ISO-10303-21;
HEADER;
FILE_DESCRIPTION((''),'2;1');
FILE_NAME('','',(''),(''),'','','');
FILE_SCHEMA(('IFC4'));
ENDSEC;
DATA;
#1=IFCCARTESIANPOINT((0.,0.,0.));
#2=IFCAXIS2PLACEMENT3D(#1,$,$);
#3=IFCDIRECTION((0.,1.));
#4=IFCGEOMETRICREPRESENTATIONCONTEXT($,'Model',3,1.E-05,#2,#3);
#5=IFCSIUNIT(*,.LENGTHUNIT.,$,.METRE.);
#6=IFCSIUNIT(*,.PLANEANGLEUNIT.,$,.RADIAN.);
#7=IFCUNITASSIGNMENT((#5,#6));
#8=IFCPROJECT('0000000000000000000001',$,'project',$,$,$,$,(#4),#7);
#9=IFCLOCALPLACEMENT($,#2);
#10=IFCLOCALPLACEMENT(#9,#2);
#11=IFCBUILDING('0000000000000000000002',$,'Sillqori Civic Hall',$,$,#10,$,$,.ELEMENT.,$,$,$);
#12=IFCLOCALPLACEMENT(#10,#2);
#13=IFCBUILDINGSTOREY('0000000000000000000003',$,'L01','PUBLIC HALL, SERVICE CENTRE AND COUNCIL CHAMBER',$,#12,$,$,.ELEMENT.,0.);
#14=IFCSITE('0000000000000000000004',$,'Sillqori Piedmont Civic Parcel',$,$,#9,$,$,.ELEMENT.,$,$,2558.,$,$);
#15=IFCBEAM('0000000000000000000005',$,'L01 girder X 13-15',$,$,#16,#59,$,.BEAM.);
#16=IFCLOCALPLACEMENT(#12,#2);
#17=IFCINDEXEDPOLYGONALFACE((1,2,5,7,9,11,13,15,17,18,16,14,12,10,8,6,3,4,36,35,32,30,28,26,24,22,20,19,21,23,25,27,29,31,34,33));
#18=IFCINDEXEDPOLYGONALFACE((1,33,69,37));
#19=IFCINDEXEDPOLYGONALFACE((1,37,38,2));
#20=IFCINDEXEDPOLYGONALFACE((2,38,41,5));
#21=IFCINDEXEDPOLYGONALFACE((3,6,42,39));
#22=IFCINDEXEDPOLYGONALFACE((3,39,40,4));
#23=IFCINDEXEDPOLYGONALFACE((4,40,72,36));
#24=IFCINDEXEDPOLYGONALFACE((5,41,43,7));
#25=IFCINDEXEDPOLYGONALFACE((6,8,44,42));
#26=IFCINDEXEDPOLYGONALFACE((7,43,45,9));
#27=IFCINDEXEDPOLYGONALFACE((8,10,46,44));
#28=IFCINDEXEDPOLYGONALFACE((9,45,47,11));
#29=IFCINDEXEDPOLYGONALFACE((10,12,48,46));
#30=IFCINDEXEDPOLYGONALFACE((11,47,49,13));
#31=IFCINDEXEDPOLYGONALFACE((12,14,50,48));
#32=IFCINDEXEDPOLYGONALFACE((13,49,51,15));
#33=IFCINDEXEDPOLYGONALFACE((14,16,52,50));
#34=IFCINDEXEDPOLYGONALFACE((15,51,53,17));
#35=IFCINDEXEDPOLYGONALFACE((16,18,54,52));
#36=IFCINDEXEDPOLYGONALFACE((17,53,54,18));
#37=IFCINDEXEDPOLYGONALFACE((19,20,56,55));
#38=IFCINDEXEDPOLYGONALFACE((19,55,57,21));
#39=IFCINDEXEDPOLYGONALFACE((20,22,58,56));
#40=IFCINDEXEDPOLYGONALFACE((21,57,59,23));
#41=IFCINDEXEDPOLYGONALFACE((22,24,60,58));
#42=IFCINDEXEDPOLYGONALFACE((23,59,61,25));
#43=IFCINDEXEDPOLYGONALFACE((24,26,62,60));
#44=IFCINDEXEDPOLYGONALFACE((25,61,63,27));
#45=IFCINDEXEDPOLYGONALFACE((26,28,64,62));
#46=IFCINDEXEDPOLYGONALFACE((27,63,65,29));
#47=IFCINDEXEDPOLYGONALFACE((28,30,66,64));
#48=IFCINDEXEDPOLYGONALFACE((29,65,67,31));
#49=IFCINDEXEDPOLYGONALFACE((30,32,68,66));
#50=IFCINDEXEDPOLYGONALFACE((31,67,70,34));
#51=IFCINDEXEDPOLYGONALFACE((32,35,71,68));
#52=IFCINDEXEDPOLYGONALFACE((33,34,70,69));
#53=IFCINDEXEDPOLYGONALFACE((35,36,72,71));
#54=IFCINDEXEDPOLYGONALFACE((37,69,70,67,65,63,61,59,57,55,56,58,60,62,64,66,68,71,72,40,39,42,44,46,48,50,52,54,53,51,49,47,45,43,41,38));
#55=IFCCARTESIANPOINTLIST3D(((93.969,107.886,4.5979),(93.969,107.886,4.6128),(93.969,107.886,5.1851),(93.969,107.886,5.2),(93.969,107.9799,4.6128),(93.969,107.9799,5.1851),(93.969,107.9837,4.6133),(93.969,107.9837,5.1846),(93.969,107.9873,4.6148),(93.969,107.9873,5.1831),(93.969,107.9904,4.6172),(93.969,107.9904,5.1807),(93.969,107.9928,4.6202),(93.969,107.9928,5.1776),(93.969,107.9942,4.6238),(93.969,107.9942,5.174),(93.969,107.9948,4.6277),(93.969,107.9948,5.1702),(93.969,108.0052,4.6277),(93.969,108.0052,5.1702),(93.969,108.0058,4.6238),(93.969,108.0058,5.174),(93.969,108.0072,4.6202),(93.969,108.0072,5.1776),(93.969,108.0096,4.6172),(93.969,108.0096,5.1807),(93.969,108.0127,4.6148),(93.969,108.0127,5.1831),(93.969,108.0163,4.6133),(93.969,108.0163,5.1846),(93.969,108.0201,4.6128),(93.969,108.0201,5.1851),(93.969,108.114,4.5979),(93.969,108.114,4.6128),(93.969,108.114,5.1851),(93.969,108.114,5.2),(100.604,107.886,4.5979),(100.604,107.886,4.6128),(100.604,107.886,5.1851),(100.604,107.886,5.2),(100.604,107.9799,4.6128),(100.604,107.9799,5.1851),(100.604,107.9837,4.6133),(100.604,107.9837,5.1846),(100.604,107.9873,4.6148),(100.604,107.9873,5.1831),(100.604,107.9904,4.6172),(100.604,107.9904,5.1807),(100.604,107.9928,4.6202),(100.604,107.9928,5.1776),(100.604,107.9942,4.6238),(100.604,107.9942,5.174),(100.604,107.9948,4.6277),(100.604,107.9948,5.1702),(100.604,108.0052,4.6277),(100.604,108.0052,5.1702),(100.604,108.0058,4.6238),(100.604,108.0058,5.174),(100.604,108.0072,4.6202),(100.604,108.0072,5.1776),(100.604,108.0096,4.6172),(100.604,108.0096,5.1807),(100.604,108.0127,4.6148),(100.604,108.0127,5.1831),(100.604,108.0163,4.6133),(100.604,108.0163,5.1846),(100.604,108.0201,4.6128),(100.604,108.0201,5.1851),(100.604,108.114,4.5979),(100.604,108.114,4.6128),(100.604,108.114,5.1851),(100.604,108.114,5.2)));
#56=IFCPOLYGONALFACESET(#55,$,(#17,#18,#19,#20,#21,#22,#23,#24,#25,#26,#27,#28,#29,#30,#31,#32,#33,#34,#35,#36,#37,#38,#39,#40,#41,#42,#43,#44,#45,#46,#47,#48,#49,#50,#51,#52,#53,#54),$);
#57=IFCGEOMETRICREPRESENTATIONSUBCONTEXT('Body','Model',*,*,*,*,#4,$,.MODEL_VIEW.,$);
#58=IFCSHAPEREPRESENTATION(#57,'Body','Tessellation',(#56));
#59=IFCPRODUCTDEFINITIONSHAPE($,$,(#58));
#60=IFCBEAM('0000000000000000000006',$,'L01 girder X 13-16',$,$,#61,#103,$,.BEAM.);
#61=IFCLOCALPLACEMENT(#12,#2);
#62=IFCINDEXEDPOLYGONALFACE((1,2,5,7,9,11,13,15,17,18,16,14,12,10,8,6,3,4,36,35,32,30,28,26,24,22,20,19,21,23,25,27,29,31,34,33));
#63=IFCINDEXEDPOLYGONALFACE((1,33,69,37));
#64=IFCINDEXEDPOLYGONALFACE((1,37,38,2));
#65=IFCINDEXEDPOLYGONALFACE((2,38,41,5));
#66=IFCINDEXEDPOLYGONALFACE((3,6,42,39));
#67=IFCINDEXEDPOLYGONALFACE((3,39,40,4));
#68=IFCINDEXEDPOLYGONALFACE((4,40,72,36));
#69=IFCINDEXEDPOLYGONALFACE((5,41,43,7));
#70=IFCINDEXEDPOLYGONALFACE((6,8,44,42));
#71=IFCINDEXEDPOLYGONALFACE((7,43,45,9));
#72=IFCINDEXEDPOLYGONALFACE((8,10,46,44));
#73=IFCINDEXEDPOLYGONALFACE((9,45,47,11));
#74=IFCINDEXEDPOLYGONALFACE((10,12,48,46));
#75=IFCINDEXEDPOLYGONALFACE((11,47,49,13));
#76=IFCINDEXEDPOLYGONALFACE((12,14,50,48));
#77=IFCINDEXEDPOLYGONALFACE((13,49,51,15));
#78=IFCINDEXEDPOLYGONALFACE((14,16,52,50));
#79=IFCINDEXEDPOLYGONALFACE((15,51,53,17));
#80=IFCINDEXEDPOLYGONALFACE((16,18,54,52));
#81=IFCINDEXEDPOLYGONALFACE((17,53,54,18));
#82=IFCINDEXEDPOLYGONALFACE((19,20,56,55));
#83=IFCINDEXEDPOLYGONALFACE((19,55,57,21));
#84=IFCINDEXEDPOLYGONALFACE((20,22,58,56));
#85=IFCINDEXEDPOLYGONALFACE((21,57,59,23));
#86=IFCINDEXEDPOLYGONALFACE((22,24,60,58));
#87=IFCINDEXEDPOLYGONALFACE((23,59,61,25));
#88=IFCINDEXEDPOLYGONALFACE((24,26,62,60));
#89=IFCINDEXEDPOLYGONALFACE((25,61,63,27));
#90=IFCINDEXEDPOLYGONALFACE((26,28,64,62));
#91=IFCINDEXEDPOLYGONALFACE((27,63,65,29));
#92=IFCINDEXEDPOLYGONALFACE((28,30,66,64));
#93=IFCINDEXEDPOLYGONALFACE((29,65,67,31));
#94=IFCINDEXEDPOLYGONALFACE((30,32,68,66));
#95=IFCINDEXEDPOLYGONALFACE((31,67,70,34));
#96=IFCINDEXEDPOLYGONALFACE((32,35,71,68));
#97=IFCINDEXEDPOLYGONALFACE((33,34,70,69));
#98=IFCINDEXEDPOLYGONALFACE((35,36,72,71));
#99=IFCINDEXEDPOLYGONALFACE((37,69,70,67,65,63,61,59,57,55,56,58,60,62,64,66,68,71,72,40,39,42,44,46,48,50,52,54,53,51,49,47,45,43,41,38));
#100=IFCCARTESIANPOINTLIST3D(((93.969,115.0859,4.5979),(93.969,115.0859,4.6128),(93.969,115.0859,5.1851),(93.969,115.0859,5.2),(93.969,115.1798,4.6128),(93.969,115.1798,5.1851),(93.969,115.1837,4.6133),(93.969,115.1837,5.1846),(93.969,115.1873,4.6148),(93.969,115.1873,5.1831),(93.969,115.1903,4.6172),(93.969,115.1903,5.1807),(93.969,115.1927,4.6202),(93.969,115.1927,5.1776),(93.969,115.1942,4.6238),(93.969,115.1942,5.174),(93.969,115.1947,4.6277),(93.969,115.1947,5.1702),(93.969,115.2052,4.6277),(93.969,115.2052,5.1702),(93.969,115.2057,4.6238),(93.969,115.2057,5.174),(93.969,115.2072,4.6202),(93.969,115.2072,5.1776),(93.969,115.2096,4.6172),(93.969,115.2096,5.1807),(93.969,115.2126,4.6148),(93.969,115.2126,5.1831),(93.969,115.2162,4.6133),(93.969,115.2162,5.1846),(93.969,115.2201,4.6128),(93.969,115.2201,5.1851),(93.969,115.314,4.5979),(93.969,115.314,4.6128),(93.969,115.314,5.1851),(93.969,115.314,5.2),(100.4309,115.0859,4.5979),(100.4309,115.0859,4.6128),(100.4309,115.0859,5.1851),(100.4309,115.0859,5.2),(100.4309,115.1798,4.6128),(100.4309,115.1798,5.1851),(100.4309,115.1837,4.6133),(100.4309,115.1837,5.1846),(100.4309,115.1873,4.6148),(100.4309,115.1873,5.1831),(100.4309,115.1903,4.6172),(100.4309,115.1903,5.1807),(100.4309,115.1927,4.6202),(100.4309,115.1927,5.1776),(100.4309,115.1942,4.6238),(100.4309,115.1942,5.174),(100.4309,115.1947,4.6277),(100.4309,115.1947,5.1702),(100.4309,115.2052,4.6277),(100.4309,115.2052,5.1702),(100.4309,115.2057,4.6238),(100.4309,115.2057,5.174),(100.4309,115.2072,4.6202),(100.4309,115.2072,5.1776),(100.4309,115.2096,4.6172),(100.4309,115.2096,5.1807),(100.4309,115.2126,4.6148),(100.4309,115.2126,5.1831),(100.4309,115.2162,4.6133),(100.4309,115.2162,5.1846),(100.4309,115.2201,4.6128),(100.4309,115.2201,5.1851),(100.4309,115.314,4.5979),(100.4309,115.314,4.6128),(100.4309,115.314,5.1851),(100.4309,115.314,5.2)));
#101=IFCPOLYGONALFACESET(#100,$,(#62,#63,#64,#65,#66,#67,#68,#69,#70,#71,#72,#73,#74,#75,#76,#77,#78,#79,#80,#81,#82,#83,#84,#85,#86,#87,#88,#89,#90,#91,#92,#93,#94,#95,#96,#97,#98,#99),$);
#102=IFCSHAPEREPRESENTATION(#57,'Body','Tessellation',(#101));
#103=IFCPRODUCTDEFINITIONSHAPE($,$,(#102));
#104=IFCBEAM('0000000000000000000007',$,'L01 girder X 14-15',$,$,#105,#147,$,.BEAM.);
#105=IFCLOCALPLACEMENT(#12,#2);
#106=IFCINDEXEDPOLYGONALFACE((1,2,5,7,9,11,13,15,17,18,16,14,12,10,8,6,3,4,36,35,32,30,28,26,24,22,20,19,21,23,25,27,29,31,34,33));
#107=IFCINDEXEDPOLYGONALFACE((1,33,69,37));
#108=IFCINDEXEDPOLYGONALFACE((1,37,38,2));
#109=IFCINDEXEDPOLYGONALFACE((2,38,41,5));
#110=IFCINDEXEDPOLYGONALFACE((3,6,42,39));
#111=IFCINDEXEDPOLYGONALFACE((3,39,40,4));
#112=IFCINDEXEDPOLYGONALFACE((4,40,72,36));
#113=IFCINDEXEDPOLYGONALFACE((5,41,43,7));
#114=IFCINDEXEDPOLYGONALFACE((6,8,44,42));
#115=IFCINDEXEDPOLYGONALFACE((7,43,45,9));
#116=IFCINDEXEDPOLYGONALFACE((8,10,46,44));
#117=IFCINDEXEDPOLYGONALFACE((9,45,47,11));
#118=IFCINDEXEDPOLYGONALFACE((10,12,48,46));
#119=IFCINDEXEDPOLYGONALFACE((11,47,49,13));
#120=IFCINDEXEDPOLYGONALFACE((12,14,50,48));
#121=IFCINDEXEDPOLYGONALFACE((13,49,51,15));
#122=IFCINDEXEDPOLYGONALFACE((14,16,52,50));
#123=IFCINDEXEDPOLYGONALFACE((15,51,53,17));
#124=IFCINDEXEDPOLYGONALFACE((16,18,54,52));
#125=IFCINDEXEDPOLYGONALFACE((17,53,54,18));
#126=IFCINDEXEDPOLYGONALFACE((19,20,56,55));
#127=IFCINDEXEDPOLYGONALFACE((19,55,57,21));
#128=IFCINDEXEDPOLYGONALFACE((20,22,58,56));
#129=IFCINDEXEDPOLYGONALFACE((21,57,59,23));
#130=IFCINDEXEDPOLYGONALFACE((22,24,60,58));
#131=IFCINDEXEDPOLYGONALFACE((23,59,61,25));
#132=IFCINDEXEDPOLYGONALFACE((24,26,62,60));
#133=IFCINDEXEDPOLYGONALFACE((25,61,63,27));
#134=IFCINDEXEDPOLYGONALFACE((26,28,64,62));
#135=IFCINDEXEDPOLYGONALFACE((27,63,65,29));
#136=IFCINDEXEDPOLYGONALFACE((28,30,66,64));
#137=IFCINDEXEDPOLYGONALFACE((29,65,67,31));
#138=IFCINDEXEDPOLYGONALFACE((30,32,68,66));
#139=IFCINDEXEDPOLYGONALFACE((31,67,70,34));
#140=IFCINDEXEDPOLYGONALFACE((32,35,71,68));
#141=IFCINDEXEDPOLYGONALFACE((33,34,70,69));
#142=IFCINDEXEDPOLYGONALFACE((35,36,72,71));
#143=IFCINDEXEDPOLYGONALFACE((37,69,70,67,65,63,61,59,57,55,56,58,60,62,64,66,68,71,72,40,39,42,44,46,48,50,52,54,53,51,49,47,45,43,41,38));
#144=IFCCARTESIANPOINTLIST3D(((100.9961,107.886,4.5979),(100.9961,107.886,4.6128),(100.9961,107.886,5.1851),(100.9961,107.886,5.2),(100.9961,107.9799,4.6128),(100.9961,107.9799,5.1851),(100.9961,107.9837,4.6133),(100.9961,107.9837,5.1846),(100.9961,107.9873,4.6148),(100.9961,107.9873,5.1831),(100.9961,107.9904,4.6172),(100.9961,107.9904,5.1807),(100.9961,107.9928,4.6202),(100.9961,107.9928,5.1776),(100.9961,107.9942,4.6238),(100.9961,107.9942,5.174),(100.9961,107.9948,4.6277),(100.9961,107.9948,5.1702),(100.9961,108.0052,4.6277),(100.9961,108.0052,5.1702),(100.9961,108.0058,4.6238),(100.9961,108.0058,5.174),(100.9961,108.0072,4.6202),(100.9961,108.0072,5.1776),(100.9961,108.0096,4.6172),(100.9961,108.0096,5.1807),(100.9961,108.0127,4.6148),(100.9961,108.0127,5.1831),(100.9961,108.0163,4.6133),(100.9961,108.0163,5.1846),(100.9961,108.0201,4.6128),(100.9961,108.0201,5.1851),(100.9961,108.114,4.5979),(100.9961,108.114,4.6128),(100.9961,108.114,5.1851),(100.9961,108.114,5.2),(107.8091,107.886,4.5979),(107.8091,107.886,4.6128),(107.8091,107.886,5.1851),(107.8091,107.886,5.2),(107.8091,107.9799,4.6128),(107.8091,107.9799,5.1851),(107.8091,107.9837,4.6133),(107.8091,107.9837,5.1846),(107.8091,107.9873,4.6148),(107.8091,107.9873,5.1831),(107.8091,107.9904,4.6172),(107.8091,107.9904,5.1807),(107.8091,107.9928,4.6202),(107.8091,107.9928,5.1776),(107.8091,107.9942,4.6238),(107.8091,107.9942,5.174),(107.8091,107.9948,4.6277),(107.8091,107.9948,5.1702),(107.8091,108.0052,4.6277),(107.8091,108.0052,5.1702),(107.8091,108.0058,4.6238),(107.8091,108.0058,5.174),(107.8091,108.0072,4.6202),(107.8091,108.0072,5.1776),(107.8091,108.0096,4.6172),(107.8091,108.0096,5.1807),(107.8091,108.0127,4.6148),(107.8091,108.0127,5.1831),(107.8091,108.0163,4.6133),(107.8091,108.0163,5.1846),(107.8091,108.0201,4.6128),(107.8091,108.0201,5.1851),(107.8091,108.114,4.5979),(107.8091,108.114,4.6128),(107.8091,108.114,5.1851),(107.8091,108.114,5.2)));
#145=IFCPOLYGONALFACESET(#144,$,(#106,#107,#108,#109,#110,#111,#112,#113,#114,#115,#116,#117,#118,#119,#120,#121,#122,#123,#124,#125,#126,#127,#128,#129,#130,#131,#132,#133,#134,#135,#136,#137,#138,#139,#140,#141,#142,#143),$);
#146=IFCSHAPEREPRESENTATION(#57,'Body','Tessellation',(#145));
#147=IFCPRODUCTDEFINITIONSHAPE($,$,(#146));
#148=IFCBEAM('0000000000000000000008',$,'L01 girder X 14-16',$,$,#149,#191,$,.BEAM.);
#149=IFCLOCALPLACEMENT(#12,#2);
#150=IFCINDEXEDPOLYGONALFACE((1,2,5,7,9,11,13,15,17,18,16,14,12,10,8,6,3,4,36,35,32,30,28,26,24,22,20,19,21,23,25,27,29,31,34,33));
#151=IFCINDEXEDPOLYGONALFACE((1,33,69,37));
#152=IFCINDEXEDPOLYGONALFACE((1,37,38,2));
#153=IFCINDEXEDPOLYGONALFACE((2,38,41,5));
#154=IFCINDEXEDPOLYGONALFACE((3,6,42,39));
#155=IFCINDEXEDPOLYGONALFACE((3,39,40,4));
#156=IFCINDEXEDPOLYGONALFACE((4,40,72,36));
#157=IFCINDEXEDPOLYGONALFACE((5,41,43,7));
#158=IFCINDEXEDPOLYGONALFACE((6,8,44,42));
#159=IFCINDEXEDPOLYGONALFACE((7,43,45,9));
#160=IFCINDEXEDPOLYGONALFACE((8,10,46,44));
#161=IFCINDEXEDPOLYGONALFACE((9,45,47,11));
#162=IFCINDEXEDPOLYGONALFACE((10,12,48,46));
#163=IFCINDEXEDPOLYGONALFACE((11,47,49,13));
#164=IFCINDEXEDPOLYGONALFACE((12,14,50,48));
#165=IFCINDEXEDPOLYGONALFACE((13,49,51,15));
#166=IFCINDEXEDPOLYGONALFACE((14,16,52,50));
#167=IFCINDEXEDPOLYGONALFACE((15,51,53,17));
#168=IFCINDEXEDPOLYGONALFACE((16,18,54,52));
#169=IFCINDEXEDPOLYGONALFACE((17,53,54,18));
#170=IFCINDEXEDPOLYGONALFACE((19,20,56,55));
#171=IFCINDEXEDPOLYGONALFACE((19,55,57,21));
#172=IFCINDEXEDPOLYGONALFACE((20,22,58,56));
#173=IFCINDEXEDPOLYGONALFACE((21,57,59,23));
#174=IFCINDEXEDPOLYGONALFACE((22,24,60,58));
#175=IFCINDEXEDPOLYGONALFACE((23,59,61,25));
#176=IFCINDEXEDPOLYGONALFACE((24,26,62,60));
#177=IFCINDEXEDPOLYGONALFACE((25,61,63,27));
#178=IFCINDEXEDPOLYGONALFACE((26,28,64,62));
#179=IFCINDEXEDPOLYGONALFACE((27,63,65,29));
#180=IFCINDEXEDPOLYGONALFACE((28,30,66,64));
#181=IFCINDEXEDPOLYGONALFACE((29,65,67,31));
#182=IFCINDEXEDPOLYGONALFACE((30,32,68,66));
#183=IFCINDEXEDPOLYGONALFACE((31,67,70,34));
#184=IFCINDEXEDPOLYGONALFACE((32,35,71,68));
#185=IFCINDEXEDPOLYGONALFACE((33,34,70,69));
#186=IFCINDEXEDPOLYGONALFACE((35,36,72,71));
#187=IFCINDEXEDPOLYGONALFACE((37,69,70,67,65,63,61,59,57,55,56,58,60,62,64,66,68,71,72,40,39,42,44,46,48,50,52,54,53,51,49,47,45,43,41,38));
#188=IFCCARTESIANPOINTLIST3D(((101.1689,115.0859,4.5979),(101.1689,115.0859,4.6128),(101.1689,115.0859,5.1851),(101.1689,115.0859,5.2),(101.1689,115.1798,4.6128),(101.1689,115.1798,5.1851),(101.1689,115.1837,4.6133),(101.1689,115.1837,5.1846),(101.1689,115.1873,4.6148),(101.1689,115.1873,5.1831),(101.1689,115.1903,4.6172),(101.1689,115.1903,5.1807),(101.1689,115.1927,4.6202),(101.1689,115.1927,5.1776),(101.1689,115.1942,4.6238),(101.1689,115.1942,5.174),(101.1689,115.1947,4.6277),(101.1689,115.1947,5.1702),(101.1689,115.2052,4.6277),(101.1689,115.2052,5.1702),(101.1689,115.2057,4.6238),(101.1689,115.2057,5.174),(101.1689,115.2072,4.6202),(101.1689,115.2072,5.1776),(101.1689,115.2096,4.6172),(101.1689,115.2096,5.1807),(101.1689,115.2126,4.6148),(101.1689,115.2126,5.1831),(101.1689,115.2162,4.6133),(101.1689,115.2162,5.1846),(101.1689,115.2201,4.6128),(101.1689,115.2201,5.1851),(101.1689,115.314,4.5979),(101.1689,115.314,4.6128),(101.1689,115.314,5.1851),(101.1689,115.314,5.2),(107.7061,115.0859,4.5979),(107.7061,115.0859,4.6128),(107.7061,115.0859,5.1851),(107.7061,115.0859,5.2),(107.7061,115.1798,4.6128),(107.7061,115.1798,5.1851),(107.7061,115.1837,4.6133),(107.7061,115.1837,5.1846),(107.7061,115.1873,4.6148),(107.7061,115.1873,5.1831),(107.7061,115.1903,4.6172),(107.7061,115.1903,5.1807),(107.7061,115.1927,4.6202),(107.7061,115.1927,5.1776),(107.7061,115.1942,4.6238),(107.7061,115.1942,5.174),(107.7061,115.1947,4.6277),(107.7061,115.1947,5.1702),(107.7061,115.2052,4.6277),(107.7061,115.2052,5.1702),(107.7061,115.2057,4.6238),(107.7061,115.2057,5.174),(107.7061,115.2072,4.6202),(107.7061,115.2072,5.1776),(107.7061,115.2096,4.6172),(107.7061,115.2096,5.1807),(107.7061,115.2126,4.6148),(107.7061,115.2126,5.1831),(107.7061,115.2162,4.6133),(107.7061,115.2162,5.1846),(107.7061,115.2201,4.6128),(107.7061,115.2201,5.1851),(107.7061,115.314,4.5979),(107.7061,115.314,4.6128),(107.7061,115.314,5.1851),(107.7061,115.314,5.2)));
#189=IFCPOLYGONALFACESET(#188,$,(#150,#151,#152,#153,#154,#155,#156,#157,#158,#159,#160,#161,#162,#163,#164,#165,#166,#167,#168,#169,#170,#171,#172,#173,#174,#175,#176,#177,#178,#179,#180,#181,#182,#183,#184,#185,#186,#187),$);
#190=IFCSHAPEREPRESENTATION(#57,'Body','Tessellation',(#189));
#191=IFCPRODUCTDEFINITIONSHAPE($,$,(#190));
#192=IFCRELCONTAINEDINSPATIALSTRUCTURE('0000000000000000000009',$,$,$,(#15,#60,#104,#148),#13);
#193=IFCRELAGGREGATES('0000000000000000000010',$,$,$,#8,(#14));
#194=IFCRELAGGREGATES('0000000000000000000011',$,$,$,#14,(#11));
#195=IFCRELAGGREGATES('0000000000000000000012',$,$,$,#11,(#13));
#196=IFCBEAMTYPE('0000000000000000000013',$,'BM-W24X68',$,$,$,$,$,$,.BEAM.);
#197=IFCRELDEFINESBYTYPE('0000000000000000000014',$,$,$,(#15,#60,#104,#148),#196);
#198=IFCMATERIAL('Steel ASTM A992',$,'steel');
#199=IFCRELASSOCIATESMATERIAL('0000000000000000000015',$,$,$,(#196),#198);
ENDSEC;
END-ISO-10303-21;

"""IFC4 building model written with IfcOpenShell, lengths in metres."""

from ifc_helpers import new_model, si_unit, direction, frame, origin, origin_2d, place, context, subcontext, project, spatial, i_section, extrude, material, material_profile, profile_set, type_object, element, save


model = new_model("IFC4")

# Units and contexts
model_context = context("Model", 3, precision=1e-05, world=origin(), true_north=direction((0.0, 1.0)))
body_context = subcontext(model_context, "Body", "Model", "MODEL_VIEW")
ifc_project = project(units=[si_unit("LENGTHUNIT", "METRE"), si_unit("PLANEANGLEUNIT", "RADIAN")], contexts=[model_context])

# Site, building, storey
site_placement = place(None, origin())
site = spatial("IfcSite", under=ifc_project, at=site_placement, Name="Sillqori Piedmont Civic Parcel", CompositionType="ELEMENT", RefElevation=2558.0)
building_placement = place(site_placement, origin())
building = spatial("IfcBuilding", under=site, at=building_placement, Name="Sillqori Civic Hall", CompositionType="ELEMENT")
storey_placement = place(building_placement, origin())
storey = spatial("IfcBuildingStorey", under=building, at=storey_placement, Name="L01", Description="PUBLIC HALL, SERVICE CENTRE AND COUNCIL CHAMBER", CompositionType="ELEMENT", Elevation=0.0)

# Shared definitions
ifc_material_1 = material(Name="Steel ASTM A992", Category="steel")

# Beams
ifc_material_profile_1 = material_profile(ifc_material_1, i_section(OverallWidth=0.228, OverallDepth=0.6021, WebThickness=0.0105, FlangeThickness=0.0149, FilletRadius=0.0149, at=origin_2d()), Name="W24X68")
ifc_profile_set_1 = profile_set([ifc_material_profile_1], Name="Steel ASTM A992")
beam_type_1 = type_object("IfcBeamType", Name="BM-W24X68", PredefinedType="BEAM", material=ifc_profile_set_1)
beam_1_placement = place(storey_placement, frame((93.969, 108.0, 4.8989), z_axis=(1.0, 0.0, 0.0), x_axis=(0.0, 1.0, 0.0)))
element("IfcBeam", 1, at=beam_1_placement, inside=storey, type_object=beam_type_1, Name="L01 girder X 13-15", PredefinedType="BEAM", context=body_context, shape_type="SweptSolid", body=[
    extrude(i_section(OverallWidth=0.228, OverallDepth=0.6021, WebThickness=0.0105, FlangeThickness=0.0149, FilletRadius=0.0149, at=origin_2d()), origin(), (0.0, 0.0, 1.0), 6.635),
])
beam_2_placement = place(storey_placement, frame((93.969, 115.2, 4.8989), z_axis=(1.0, 0.0, 0.0), x_axis=(0.0, 1.0, 0.0)))
element("IfcBeam", 2, at=beam_2_placement, inside=storey, type_object=beam_type_1, Name="L01 girder X 13-16", PredefinedType="BEAM", context=body_context, shape_type="SweptSolid", body=[
    extrude(i_section(OverallWidth=0.228, OverallDepth=0.6021, WebThickness=0.0105, FlangeThickness=0.0149, FilletRadius=0.0149, at=origin_2d()), origin(), (0.0, 0.0, 1.0), 6.4619),
])
beam_3_placement = place(storey_placement, frame((100.9961, 108.0, 4.8989), z_axis=(1.0, 0.0, 0.0), x_axis=(0.0, 1.0, 0.0)))
element("IfcBeam", 3, at=beam_3_placement, inside=storey, type_object=beam_type_1, Name="L01 girder X 14-15", PredefinedType="BEAM", context=body_context, shape_type="SweptSolid", body=[
    extrude(i_section(OverallWidth=0.228, OverallDepth=0.6021, WebThickness=0.0105, FlangeThickness=0.0149, FilletRadius=0.0149, at=origin_2d()), origin(), (0.0, 0.0, 1.0), 6.813),
])
beam_4_placement = place(storey_placement, frame((101.1689, 115.2, 4.8989), z_axis=(1.0, 0.0, 0.0), x_axis=(0.0, 1.0, 0.0)))
element("IfcBeam", 4, at=beam_4_placement, inside=storey, type_object=beam_type_1, Name="L01 girder X 14-16", PredefinedType="BEAM", context=body_context, shape_type="SweptSolid", body=[
    extrude(i_section(OverallWidth=0.228, OverallDepth=0.6021, WebThickness=0.0105, FlangeThickness=0.0149, FilletRadius=0.0149, at=origin_2d()), origin(), (0.0, 0.0, 1.0), 6.5371),
])

save(model, "model.ifc")
